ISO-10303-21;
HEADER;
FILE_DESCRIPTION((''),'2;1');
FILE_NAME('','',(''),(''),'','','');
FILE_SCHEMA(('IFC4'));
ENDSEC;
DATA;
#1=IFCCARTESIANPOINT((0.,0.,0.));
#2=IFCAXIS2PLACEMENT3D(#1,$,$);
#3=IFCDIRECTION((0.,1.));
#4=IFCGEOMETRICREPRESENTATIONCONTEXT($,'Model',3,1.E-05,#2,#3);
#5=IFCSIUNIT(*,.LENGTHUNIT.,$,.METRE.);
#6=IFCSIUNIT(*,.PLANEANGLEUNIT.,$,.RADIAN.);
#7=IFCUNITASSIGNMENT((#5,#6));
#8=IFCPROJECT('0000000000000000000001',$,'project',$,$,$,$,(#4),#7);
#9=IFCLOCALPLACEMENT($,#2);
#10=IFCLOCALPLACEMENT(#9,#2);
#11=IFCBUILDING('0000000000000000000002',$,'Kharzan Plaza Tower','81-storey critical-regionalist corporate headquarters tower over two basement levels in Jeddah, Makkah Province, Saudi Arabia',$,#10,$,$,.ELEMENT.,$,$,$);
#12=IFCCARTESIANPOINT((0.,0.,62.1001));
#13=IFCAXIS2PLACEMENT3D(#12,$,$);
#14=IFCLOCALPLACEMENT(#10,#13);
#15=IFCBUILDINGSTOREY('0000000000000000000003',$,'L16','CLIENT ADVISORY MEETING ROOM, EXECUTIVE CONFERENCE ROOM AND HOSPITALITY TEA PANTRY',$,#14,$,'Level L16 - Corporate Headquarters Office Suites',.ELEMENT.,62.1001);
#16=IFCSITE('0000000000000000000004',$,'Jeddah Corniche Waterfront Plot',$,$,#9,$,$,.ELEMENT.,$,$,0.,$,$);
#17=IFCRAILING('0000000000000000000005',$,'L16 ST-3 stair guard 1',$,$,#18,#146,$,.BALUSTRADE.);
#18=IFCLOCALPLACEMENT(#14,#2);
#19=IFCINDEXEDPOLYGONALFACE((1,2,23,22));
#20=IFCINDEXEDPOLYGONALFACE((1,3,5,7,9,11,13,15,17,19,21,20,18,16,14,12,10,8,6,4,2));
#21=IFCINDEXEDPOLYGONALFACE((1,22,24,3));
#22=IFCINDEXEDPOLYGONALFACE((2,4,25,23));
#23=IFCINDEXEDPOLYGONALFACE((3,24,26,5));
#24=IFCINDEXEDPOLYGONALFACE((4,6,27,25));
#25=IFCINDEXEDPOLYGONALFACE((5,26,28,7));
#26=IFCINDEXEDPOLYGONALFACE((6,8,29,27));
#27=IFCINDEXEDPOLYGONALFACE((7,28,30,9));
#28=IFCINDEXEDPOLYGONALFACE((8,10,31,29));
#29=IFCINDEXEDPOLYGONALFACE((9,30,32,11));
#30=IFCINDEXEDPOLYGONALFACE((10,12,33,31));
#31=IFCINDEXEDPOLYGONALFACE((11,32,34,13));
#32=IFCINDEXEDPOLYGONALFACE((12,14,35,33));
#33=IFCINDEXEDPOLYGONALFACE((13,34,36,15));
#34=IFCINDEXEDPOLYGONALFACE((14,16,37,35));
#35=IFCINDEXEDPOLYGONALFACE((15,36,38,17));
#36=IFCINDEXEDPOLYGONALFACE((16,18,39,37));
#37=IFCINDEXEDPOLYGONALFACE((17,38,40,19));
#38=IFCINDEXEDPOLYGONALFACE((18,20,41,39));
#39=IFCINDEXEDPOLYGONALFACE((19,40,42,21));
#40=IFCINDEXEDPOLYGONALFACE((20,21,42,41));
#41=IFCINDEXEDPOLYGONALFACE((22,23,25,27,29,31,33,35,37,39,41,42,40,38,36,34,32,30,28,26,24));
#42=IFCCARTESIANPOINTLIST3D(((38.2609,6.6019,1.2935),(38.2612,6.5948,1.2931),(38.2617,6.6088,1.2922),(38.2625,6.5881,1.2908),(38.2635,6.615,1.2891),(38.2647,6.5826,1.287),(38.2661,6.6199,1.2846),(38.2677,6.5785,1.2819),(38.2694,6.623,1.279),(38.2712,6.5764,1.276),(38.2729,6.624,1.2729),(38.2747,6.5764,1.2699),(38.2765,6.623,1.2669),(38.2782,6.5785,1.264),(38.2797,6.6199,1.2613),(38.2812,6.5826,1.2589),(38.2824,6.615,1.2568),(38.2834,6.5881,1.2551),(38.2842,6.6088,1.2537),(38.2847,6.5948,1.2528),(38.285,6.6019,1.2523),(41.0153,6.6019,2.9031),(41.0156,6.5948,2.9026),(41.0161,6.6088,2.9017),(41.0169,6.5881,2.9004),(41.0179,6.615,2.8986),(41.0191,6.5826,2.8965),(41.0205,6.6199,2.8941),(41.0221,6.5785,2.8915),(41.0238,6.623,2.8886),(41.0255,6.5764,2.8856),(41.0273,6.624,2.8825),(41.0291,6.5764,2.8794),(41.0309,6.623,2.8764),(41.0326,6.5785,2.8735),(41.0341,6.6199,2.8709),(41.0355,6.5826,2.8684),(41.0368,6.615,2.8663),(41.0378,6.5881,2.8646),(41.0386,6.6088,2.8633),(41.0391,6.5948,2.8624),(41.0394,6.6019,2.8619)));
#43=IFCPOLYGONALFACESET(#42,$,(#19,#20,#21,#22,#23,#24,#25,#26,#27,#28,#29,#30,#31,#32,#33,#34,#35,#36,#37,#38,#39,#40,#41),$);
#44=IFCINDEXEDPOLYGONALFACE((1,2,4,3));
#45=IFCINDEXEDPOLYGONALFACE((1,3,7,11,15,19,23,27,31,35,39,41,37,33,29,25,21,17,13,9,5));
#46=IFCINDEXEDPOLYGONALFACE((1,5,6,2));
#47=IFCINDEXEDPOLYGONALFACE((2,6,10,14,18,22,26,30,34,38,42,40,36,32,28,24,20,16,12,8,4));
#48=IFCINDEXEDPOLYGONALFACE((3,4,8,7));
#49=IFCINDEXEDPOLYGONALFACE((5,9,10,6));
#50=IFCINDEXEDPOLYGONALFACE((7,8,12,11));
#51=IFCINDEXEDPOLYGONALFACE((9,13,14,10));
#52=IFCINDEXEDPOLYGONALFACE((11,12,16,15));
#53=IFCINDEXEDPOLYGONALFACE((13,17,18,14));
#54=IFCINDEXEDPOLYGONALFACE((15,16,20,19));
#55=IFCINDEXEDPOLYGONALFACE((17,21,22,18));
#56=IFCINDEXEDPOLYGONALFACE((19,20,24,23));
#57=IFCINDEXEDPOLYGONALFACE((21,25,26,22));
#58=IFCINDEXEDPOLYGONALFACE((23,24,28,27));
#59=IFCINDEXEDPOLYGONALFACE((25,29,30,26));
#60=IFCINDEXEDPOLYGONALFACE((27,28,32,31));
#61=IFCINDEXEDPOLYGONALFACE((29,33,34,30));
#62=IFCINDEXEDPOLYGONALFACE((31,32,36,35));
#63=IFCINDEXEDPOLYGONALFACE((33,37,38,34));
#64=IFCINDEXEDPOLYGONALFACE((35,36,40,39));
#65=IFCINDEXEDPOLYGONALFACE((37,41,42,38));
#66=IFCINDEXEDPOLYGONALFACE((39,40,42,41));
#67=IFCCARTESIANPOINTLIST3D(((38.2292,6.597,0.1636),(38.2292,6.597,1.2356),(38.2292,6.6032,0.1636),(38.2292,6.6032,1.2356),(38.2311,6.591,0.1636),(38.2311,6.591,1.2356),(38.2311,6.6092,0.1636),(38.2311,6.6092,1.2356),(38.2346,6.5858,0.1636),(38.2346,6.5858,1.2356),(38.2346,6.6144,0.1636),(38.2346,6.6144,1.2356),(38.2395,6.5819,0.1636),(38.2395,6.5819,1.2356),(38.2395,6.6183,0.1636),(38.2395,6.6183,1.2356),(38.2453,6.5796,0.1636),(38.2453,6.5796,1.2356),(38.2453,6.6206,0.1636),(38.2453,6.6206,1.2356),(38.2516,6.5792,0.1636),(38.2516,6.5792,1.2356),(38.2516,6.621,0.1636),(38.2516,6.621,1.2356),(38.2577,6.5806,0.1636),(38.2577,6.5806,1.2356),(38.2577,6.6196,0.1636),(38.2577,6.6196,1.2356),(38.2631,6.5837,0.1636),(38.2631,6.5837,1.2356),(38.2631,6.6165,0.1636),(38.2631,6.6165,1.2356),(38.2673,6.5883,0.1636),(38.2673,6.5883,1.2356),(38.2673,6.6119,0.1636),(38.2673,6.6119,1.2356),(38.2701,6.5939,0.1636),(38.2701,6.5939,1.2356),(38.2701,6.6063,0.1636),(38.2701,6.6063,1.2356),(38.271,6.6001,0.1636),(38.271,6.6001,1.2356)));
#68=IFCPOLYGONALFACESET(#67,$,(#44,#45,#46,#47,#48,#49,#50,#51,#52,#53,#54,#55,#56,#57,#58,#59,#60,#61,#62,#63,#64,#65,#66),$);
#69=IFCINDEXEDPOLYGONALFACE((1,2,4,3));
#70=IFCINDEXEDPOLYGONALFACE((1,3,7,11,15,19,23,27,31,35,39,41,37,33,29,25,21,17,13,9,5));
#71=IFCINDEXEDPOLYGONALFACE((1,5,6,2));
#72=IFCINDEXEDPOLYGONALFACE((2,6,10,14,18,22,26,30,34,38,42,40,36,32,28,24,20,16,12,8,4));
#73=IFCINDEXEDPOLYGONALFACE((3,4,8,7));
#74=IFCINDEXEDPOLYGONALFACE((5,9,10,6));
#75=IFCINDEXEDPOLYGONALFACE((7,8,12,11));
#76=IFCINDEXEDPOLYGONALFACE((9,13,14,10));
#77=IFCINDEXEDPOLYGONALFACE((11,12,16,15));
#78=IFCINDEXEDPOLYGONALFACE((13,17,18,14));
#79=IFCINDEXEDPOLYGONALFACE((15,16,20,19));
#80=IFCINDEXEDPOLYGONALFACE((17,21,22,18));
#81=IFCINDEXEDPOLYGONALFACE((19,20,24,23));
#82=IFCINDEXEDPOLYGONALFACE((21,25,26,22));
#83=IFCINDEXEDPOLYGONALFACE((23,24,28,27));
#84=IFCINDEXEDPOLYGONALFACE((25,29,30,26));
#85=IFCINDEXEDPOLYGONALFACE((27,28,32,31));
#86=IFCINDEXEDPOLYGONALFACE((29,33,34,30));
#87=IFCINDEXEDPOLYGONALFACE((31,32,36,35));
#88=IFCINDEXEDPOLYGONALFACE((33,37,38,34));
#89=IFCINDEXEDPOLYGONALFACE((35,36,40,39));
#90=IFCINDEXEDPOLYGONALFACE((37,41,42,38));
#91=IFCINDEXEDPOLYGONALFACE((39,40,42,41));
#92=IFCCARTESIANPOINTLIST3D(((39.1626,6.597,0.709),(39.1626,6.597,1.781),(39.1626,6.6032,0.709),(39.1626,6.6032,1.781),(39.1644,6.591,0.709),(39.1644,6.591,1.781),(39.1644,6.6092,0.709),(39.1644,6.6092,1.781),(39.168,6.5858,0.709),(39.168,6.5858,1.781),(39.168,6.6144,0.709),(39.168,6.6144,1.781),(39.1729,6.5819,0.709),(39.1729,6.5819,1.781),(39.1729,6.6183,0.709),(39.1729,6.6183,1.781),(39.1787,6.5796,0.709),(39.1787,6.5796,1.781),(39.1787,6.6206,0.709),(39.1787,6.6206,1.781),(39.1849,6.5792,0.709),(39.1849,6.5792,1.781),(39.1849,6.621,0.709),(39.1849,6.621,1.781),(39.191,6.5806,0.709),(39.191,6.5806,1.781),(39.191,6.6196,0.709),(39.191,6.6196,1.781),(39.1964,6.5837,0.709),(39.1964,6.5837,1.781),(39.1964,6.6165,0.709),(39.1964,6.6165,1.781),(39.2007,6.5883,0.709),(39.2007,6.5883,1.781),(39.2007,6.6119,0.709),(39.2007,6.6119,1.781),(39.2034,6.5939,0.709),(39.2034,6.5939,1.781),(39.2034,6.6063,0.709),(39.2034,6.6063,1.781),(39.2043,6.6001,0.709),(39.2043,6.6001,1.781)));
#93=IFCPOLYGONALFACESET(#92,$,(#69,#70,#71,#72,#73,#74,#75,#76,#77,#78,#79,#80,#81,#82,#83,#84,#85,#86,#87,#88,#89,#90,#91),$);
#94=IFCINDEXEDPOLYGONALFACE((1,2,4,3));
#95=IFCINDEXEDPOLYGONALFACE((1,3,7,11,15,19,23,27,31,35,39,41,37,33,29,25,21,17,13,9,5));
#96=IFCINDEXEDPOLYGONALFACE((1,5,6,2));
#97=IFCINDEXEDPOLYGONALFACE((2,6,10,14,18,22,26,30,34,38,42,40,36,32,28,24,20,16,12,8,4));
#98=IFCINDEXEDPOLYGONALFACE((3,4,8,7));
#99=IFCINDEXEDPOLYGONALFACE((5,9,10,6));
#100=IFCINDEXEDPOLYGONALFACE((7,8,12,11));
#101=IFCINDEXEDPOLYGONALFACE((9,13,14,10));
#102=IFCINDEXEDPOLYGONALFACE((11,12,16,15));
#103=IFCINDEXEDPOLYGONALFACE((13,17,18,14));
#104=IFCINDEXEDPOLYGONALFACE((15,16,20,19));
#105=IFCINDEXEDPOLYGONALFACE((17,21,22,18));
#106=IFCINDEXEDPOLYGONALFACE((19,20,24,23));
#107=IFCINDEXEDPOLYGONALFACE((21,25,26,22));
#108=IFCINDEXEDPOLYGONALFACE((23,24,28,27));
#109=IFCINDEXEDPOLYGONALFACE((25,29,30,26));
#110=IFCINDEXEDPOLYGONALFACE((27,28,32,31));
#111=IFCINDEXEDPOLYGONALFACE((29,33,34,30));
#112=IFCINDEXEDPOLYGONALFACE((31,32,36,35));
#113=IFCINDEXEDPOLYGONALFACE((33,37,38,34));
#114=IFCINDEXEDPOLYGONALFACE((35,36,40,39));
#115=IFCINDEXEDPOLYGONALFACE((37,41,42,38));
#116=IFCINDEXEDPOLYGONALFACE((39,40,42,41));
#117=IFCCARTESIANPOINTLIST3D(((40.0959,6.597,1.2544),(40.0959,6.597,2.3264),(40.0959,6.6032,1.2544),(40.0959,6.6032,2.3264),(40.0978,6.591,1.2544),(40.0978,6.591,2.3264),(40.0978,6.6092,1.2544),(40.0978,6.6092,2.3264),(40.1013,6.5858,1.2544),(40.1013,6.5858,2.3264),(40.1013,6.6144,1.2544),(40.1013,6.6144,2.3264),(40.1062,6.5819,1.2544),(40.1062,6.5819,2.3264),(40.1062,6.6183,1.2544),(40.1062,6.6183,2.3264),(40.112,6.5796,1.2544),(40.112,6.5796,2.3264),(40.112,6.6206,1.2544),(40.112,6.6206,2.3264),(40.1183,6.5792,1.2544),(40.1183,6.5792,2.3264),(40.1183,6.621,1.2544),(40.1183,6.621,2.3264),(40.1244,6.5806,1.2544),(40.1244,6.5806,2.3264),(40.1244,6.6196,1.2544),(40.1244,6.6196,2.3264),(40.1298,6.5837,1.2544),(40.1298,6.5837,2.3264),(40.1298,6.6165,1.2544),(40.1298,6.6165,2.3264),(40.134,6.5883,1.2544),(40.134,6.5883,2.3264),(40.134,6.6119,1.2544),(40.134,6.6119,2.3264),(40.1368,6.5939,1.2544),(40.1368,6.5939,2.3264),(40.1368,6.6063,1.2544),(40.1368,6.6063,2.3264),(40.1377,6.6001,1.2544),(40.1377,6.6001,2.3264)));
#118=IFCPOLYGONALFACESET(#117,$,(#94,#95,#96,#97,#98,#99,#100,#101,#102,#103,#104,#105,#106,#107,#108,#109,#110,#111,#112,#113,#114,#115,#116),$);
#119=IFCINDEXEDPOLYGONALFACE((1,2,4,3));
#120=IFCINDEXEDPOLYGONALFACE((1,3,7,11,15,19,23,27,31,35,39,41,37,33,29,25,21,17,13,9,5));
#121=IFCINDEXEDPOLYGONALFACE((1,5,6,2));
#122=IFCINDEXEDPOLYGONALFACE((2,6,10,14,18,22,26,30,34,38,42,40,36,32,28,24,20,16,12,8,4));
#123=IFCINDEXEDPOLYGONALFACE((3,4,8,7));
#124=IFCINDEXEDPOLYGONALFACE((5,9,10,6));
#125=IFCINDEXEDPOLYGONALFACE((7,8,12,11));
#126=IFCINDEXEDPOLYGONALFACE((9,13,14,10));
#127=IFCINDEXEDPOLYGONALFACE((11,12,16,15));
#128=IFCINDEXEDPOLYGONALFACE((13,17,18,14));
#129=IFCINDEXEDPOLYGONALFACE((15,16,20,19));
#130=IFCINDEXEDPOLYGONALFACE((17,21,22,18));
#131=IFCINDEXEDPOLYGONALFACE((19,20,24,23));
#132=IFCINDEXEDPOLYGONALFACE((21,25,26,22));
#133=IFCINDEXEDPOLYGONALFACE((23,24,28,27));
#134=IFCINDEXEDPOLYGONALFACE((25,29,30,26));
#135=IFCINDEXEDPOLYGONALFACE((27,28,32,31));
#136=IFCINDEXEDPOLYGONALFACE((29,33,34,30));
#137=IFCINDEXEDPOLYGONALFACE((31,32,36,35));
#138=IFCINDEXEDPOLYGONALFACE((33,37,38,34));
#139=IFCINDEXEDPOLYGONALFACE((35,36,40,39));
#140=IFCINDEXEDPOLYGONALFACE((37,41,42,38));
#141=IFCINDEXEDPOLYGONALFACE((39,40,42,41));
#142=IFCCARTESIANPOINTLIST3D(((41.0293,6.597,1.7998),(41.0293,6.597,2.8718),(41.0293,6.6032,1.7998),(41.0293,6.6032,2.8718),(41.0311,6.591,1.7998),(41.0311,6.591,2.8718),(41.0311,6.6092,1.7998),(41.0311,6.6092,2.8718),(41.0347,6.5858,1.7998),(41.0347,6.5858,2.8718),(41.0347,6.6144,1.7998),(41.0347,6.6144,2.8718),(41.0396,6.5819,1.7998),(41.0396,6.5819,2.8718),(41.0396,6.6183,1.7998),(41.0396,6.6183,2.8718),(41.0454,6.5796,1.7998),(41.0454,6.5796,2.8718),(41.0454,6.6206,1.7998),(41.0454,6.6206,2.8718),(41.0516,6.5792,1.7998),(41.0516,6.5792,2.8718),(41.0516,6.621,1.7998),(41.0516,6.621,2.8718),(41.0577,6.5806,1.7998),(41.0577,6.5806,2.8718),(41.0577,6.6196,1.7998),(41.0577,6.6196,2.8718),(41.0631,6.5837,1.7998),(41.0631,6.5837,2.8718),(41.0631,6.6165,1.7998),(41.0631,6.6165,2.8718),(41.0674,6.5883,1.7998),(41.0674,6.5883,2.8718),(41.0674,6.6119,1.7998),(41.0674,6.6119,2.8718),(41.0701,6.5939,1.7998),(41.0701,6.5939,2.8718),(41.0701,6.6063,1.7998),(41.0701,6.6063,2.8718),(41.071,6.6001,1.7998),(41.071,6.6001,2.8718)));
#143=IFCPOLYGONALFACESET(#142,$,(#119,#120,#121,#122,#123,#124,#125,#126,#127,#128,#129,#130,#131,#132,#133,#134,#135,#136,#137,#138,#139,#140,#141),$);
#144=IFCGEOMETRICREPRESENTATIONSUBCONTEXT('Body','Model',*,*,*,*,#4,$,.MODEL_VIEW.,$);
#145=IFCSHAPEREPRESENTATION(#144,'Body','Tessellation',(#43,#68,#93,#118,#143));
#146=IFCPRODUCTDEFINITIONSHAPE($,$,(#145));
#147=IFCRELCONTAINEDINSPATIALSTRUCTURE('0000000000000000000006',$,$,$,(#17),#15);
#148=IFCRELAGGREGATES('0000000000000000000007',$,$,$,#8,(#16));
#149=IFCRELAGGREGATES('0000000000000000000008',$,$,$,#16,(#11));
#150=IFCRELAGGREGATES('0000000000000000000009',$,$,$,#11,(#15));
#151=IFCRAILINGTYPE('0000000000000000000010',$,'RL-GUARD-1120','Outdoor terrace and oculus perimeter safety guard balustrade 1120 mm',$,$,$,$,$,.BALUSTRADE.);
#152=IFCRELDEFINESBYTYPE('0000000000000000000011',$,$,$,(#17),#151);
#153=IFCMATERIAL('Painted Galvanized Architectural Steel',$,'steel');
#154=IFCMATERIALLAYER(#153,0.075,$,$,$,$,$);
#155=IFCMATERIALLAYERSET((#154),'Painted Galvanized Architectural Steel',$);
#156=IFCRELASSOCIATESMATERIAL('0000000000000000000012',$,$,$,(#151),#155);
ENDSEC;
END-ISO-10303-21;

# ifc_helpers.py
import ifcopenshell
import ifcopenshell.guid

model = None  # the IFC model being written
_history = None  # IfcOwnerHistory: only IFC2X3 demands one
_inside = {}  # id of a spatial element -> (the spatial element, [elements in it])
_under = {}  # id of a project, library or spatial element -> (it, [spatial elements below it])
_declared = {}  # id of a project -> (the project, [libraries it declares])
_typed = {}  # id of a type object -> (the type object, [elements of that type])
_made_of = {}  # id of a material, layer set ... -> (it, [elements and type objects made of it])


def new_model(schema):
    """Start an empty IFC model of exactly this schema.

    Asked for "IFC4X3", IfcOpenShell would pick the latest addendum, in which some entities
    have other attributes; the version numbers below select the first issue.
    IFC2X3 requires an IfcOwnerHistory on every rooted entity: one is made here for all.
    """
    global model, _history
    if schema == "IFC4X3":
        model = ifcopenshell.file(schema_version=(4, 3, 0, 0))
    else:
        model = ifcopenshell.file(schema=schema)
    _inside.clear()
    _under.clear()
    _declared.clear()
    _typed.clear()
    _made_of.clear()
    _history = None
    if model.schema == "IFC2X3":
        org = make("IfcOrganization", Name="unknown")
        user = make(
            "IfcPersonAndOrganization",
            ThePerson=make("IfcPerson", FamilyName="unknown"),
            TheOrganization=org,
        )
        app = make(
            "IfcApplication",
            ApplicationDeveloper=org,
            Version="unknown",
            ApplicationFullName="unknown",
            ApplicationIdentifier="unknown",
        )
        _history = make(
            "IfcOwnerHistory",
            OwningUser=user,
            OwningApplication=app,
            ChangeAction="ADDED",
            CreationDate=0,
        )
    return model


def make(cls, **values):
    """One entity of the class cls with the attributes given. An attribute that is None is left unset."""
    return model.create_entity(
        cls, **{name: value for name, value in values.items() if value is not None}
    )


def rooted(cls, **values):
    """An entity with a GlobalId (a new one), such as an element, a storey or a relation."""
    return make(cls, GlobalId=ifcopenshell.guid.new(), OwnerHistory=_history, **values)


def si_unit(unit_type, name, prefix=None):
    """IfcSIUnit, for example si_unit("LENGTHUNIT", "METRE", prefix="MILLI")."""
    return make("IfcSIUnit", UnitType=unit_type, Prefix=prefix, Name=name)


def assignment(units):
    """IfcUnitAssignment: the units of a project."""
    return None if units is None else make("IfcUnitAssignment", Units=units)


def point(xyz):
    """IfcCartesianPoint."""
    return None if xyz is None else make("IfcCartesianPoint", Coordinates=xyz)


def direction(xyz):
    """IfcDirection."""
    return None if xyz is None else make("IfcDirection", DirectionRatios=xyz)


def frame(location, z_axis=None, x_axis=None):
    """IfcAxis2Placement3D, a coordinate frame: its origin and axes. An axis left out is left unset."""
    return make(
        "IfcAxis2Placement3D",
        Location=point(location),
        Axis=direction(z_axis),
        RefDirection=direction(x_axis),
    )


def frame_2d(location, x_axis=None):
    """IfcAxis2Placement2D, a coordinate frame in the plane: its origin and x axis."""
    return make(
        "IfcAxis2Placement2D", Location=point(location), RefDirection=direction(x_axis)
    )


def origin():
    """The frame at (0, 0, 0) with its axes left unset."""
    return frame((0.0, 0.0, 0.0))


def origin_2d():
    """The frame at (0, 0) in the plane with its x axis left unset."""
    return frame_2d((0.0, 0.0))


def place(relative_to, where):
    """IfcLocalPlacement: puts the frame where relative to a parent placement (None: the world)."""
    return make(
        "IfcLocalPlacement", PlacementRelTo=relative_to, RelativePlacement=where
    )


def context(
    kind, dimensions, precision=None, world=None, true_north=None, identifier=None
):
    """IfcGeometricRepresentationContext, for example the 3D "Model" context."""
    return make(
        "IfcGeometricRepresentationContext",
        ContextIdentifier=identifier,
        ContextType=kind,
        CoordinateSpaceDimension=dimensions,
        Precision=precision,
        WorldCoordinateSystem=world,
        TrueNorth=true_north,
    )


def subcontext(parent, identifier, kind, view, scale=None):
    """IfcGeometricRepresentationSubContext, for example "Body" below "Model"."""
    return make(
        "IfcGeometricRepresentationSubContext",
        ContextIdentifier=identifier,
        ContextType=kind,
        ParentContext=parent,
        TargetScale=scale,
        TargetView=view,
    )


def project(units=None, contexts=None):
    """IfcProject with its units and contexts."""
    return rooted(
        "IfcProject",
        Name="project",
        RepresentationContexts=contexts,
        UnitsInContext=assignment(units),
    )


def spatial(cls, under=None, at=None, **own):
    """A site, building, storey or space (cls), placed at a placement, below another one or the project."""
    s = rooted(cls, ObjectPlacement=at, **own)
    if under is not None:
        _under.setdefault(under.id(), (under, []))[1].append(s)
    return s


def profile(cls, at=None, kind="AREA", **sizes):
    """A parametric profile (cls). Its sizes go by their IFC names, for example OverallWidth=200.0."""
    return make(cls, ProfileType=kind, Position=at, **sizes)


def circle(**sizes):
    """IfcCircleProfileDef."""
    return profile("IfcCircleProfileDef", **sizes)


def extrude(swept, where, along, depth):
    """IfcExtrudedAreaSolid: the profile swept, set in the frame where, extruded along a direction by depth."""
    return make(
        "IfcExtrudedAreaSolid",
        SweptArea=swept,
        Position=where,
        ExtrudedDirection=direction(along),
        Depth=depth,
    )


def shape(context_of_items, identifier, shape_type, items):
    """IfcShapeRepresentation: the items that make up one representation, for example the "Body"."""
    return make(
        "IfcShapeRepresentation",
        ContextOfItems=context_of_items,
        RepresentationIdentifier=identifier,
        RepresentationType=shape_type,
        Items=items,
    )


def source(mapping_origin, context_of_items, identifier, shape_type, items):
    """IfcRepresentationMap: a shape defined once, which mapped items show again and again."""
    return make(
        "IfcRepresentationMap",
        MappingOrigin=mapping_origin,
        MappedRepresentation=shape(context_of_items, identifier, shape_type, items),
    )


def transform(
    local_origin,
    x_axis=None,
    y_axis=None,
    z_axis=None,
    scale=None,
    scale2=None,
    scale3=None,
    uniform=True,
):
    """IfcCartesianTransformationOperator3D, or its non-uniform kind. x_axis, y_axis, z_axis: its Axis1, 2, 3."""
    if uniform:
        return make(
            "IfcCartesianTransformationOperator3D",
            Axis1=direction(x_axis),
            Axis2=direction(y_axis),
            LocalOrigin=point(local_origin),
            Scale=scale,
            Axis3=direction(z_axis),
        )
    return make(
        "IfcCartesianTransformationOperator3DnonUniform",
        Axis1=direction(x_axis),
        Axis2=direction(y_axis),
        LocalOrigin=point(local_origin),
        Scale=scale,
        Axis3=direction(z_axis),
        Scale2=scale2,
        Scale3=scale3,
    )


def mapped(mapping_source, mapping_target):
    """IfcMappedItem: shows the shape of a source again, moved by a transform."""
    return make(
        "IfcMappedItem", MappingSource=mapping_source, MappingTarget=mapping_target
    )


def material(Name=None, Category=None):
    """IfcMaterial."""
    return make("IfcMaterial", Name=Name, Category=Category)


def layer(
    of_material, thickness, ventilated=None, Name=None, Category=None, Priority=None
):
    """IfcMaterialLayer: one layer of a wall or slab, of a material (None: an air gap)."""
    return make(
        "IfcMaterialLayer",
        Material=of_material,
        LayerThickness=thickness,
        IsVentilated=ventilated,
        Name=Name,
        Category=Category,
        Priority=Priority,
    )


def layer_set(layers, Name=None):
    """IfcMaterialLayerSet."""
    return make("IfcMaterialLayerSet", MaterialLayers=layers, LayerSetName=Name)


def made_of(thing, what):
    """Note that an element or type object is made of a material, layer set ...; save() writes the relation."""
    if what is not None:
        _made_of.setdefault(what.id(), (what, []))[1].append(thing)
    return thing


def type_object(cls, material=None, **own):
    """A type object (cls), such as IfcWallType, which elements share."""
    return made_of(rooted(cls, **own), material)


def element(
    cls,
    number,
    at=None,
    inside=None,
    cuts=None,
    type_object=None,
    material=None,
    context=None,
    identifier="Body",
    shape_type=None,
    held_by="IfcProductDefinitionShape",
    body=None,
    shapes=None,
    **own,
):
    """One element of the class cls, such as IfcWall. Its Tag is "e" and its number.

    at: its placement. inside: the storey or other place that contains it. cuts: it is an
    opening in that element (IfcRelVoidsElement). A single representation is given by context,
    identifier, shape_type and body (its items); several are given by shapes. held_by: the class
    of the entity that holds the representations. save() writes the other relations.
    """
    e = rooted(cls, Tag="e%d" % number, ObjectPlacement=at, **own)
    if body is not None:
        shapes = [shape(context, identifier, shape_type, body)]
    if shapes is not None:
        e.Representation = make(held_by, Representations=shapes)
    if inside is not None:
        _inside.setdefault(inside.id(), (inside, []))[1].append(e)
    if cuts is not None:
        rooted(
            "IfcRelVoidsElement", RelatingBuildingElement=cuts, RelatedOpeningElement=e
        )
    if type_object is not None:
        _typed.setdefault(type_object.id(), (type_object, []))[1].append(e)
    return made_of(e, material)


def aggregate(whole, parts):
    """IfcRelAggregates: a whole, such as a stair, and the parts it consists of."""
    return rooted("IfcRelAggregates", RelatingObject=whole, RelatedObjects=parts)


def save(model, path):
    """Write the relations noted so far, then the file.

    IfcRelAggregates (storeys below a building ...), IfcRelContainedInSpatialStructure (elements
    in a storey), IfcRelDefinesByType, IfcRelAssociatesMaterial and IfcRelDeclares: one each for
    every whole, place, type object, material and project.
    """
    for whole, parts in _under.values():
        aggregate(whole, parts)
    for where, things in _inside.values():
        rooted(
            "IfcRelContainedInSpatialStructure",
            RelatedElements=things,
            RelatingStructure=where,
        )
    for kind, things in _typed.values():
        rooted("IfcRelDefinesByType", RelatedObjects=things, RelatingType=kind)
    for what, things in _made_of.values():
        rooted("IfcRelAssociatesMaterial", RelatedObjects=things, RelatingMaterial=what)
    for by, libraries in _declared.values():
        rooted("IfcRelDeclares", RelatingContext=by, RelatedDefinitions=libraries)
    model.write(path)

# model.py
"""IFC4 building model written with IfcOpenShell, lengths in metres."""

from ifc_helpers import new_model, si_unit, direction, frame, origin, origin_2d, place, context, subcontext, project, spatial, circle, extrude, source, transform, mapped, material, layer, layer_set, type_object, element, save


model = new_model("IFC4")

# Units and contexts
model_context = context("Model", 3, precision=1e-05, world=origin(), true_north=direction((0.0, 1.0)))
body_context = subcontext(model_context, "Body", "Model", "MODEL_VIEW")
ifc_project = project(units=[si_unit("LENGTHUNIT", "METRE"), si_unit("PLANEANGLEUNIT", "RADIAN")], contexts=[model_context])

# Site, building, storey
site_placement = place(None, origin())
site = spatial("IfcSite", under=ifc_project, at=site_placement, Name="Jeddah Corniche Waterfront Plot", CompositionType="ELEMENT", RefElevation=0.0)
building_placement = place(site_placement, origin())
building = spatial("IfcBuilding", under=site, at=building_placement, Name="Kharzan Plaza Tower", Description="81-storey critical-regionalist corporate headquarters tower over two basement levels in Jeddah, Makkah Province, Saudi Arabia", CompositionType="ELEMENT")
storey_placement = place(building_placement, frame((0.0, 0.0, 62.1001)))
storey = spatial("IfcBuildingStorey", under=building, at=storey_placement, Name="L16", Description="CLIENT ADVISORY MEETING ROOM, EXECUTIVE CONFERENCE ROOM AND HOSPITALITY TEA PANTRY", LongName="Level L16 - Corporate Headquarters Office Suites", CompositionType="ELEMENT", Elevation=62.1001)

# Railing
ifc_material_1 = material(Name="Painted Galvanized Architectural Steel", Category="steel")
ifc_layer_1 = layer(ifc_material_1, 0.075)
ifc_layer_set_1 = layer_set([ifc_layer_1], Name="Painted Galvanized Architectural Steel")
railing_type_1 = type_object("IfcRailingType", Name="RL-GUARD-1120", Description="Outdoor terrace and oculus perimeter safety guard balustrade 1120 mm", PredefinedType="BALUSTRADE", material=ifc_layer_set_1)
shared_shape_1 = source(origin(), body_context, "Body", "SweptSolid", [
    extrude(circle(Radius=0.0239, at=origin_2d()), frame((0.0229, 0.0, 1.1094), z_axis=(0.863394, 0.0, 0.504531), x_axis=(0.0, 1.0, 0.0)), (0.0, 0.0, 1.0), 3.1902),
    extrude(circle(Radius=0.021, at=origin_2d()), origin(), (0.0, 0.0, 1.0), 1.072),
    extrude(circle(Radius=0.021, at=origin_2d()), frame((0.9333, 0.0, 0.5454)), (0.0, 0.0, 1.0), 1.072),
    extrude(circle(Radius=0.021, at=origin_2d()), frame((1.8667, 0.0, 1.0908)), (0.0, 0.0, 1.0), 1.072),
    extrude(circle(Radius=0.021, at=origin_2d()), frame((2.8, 0.0, 1.6362)), (0.0, 0.0, 1.0), 1.072),
])
railing_1_placement = place(storey_placement, frame((38.25, 6.6001, 0.1636)))
element("IfcRailing", 1, at=railing_1_placement, inside=storey, type_object=railing_type_1, Name="L16 ST-3 stair guard 1", PredefinedType="BALUSTRADE", context=body_context, shape_type="MappedRepresentation", body=[
    mapped(shared_shape_1, transform((0.0, 0.0, 0.0), x_axis=(1.0, 0.0, 0.0), y_axis=(0.0, 1.0, 0.0), z_axis=(0.0, 0.0, 1.0))),
])

save(model, "model.ifc")
